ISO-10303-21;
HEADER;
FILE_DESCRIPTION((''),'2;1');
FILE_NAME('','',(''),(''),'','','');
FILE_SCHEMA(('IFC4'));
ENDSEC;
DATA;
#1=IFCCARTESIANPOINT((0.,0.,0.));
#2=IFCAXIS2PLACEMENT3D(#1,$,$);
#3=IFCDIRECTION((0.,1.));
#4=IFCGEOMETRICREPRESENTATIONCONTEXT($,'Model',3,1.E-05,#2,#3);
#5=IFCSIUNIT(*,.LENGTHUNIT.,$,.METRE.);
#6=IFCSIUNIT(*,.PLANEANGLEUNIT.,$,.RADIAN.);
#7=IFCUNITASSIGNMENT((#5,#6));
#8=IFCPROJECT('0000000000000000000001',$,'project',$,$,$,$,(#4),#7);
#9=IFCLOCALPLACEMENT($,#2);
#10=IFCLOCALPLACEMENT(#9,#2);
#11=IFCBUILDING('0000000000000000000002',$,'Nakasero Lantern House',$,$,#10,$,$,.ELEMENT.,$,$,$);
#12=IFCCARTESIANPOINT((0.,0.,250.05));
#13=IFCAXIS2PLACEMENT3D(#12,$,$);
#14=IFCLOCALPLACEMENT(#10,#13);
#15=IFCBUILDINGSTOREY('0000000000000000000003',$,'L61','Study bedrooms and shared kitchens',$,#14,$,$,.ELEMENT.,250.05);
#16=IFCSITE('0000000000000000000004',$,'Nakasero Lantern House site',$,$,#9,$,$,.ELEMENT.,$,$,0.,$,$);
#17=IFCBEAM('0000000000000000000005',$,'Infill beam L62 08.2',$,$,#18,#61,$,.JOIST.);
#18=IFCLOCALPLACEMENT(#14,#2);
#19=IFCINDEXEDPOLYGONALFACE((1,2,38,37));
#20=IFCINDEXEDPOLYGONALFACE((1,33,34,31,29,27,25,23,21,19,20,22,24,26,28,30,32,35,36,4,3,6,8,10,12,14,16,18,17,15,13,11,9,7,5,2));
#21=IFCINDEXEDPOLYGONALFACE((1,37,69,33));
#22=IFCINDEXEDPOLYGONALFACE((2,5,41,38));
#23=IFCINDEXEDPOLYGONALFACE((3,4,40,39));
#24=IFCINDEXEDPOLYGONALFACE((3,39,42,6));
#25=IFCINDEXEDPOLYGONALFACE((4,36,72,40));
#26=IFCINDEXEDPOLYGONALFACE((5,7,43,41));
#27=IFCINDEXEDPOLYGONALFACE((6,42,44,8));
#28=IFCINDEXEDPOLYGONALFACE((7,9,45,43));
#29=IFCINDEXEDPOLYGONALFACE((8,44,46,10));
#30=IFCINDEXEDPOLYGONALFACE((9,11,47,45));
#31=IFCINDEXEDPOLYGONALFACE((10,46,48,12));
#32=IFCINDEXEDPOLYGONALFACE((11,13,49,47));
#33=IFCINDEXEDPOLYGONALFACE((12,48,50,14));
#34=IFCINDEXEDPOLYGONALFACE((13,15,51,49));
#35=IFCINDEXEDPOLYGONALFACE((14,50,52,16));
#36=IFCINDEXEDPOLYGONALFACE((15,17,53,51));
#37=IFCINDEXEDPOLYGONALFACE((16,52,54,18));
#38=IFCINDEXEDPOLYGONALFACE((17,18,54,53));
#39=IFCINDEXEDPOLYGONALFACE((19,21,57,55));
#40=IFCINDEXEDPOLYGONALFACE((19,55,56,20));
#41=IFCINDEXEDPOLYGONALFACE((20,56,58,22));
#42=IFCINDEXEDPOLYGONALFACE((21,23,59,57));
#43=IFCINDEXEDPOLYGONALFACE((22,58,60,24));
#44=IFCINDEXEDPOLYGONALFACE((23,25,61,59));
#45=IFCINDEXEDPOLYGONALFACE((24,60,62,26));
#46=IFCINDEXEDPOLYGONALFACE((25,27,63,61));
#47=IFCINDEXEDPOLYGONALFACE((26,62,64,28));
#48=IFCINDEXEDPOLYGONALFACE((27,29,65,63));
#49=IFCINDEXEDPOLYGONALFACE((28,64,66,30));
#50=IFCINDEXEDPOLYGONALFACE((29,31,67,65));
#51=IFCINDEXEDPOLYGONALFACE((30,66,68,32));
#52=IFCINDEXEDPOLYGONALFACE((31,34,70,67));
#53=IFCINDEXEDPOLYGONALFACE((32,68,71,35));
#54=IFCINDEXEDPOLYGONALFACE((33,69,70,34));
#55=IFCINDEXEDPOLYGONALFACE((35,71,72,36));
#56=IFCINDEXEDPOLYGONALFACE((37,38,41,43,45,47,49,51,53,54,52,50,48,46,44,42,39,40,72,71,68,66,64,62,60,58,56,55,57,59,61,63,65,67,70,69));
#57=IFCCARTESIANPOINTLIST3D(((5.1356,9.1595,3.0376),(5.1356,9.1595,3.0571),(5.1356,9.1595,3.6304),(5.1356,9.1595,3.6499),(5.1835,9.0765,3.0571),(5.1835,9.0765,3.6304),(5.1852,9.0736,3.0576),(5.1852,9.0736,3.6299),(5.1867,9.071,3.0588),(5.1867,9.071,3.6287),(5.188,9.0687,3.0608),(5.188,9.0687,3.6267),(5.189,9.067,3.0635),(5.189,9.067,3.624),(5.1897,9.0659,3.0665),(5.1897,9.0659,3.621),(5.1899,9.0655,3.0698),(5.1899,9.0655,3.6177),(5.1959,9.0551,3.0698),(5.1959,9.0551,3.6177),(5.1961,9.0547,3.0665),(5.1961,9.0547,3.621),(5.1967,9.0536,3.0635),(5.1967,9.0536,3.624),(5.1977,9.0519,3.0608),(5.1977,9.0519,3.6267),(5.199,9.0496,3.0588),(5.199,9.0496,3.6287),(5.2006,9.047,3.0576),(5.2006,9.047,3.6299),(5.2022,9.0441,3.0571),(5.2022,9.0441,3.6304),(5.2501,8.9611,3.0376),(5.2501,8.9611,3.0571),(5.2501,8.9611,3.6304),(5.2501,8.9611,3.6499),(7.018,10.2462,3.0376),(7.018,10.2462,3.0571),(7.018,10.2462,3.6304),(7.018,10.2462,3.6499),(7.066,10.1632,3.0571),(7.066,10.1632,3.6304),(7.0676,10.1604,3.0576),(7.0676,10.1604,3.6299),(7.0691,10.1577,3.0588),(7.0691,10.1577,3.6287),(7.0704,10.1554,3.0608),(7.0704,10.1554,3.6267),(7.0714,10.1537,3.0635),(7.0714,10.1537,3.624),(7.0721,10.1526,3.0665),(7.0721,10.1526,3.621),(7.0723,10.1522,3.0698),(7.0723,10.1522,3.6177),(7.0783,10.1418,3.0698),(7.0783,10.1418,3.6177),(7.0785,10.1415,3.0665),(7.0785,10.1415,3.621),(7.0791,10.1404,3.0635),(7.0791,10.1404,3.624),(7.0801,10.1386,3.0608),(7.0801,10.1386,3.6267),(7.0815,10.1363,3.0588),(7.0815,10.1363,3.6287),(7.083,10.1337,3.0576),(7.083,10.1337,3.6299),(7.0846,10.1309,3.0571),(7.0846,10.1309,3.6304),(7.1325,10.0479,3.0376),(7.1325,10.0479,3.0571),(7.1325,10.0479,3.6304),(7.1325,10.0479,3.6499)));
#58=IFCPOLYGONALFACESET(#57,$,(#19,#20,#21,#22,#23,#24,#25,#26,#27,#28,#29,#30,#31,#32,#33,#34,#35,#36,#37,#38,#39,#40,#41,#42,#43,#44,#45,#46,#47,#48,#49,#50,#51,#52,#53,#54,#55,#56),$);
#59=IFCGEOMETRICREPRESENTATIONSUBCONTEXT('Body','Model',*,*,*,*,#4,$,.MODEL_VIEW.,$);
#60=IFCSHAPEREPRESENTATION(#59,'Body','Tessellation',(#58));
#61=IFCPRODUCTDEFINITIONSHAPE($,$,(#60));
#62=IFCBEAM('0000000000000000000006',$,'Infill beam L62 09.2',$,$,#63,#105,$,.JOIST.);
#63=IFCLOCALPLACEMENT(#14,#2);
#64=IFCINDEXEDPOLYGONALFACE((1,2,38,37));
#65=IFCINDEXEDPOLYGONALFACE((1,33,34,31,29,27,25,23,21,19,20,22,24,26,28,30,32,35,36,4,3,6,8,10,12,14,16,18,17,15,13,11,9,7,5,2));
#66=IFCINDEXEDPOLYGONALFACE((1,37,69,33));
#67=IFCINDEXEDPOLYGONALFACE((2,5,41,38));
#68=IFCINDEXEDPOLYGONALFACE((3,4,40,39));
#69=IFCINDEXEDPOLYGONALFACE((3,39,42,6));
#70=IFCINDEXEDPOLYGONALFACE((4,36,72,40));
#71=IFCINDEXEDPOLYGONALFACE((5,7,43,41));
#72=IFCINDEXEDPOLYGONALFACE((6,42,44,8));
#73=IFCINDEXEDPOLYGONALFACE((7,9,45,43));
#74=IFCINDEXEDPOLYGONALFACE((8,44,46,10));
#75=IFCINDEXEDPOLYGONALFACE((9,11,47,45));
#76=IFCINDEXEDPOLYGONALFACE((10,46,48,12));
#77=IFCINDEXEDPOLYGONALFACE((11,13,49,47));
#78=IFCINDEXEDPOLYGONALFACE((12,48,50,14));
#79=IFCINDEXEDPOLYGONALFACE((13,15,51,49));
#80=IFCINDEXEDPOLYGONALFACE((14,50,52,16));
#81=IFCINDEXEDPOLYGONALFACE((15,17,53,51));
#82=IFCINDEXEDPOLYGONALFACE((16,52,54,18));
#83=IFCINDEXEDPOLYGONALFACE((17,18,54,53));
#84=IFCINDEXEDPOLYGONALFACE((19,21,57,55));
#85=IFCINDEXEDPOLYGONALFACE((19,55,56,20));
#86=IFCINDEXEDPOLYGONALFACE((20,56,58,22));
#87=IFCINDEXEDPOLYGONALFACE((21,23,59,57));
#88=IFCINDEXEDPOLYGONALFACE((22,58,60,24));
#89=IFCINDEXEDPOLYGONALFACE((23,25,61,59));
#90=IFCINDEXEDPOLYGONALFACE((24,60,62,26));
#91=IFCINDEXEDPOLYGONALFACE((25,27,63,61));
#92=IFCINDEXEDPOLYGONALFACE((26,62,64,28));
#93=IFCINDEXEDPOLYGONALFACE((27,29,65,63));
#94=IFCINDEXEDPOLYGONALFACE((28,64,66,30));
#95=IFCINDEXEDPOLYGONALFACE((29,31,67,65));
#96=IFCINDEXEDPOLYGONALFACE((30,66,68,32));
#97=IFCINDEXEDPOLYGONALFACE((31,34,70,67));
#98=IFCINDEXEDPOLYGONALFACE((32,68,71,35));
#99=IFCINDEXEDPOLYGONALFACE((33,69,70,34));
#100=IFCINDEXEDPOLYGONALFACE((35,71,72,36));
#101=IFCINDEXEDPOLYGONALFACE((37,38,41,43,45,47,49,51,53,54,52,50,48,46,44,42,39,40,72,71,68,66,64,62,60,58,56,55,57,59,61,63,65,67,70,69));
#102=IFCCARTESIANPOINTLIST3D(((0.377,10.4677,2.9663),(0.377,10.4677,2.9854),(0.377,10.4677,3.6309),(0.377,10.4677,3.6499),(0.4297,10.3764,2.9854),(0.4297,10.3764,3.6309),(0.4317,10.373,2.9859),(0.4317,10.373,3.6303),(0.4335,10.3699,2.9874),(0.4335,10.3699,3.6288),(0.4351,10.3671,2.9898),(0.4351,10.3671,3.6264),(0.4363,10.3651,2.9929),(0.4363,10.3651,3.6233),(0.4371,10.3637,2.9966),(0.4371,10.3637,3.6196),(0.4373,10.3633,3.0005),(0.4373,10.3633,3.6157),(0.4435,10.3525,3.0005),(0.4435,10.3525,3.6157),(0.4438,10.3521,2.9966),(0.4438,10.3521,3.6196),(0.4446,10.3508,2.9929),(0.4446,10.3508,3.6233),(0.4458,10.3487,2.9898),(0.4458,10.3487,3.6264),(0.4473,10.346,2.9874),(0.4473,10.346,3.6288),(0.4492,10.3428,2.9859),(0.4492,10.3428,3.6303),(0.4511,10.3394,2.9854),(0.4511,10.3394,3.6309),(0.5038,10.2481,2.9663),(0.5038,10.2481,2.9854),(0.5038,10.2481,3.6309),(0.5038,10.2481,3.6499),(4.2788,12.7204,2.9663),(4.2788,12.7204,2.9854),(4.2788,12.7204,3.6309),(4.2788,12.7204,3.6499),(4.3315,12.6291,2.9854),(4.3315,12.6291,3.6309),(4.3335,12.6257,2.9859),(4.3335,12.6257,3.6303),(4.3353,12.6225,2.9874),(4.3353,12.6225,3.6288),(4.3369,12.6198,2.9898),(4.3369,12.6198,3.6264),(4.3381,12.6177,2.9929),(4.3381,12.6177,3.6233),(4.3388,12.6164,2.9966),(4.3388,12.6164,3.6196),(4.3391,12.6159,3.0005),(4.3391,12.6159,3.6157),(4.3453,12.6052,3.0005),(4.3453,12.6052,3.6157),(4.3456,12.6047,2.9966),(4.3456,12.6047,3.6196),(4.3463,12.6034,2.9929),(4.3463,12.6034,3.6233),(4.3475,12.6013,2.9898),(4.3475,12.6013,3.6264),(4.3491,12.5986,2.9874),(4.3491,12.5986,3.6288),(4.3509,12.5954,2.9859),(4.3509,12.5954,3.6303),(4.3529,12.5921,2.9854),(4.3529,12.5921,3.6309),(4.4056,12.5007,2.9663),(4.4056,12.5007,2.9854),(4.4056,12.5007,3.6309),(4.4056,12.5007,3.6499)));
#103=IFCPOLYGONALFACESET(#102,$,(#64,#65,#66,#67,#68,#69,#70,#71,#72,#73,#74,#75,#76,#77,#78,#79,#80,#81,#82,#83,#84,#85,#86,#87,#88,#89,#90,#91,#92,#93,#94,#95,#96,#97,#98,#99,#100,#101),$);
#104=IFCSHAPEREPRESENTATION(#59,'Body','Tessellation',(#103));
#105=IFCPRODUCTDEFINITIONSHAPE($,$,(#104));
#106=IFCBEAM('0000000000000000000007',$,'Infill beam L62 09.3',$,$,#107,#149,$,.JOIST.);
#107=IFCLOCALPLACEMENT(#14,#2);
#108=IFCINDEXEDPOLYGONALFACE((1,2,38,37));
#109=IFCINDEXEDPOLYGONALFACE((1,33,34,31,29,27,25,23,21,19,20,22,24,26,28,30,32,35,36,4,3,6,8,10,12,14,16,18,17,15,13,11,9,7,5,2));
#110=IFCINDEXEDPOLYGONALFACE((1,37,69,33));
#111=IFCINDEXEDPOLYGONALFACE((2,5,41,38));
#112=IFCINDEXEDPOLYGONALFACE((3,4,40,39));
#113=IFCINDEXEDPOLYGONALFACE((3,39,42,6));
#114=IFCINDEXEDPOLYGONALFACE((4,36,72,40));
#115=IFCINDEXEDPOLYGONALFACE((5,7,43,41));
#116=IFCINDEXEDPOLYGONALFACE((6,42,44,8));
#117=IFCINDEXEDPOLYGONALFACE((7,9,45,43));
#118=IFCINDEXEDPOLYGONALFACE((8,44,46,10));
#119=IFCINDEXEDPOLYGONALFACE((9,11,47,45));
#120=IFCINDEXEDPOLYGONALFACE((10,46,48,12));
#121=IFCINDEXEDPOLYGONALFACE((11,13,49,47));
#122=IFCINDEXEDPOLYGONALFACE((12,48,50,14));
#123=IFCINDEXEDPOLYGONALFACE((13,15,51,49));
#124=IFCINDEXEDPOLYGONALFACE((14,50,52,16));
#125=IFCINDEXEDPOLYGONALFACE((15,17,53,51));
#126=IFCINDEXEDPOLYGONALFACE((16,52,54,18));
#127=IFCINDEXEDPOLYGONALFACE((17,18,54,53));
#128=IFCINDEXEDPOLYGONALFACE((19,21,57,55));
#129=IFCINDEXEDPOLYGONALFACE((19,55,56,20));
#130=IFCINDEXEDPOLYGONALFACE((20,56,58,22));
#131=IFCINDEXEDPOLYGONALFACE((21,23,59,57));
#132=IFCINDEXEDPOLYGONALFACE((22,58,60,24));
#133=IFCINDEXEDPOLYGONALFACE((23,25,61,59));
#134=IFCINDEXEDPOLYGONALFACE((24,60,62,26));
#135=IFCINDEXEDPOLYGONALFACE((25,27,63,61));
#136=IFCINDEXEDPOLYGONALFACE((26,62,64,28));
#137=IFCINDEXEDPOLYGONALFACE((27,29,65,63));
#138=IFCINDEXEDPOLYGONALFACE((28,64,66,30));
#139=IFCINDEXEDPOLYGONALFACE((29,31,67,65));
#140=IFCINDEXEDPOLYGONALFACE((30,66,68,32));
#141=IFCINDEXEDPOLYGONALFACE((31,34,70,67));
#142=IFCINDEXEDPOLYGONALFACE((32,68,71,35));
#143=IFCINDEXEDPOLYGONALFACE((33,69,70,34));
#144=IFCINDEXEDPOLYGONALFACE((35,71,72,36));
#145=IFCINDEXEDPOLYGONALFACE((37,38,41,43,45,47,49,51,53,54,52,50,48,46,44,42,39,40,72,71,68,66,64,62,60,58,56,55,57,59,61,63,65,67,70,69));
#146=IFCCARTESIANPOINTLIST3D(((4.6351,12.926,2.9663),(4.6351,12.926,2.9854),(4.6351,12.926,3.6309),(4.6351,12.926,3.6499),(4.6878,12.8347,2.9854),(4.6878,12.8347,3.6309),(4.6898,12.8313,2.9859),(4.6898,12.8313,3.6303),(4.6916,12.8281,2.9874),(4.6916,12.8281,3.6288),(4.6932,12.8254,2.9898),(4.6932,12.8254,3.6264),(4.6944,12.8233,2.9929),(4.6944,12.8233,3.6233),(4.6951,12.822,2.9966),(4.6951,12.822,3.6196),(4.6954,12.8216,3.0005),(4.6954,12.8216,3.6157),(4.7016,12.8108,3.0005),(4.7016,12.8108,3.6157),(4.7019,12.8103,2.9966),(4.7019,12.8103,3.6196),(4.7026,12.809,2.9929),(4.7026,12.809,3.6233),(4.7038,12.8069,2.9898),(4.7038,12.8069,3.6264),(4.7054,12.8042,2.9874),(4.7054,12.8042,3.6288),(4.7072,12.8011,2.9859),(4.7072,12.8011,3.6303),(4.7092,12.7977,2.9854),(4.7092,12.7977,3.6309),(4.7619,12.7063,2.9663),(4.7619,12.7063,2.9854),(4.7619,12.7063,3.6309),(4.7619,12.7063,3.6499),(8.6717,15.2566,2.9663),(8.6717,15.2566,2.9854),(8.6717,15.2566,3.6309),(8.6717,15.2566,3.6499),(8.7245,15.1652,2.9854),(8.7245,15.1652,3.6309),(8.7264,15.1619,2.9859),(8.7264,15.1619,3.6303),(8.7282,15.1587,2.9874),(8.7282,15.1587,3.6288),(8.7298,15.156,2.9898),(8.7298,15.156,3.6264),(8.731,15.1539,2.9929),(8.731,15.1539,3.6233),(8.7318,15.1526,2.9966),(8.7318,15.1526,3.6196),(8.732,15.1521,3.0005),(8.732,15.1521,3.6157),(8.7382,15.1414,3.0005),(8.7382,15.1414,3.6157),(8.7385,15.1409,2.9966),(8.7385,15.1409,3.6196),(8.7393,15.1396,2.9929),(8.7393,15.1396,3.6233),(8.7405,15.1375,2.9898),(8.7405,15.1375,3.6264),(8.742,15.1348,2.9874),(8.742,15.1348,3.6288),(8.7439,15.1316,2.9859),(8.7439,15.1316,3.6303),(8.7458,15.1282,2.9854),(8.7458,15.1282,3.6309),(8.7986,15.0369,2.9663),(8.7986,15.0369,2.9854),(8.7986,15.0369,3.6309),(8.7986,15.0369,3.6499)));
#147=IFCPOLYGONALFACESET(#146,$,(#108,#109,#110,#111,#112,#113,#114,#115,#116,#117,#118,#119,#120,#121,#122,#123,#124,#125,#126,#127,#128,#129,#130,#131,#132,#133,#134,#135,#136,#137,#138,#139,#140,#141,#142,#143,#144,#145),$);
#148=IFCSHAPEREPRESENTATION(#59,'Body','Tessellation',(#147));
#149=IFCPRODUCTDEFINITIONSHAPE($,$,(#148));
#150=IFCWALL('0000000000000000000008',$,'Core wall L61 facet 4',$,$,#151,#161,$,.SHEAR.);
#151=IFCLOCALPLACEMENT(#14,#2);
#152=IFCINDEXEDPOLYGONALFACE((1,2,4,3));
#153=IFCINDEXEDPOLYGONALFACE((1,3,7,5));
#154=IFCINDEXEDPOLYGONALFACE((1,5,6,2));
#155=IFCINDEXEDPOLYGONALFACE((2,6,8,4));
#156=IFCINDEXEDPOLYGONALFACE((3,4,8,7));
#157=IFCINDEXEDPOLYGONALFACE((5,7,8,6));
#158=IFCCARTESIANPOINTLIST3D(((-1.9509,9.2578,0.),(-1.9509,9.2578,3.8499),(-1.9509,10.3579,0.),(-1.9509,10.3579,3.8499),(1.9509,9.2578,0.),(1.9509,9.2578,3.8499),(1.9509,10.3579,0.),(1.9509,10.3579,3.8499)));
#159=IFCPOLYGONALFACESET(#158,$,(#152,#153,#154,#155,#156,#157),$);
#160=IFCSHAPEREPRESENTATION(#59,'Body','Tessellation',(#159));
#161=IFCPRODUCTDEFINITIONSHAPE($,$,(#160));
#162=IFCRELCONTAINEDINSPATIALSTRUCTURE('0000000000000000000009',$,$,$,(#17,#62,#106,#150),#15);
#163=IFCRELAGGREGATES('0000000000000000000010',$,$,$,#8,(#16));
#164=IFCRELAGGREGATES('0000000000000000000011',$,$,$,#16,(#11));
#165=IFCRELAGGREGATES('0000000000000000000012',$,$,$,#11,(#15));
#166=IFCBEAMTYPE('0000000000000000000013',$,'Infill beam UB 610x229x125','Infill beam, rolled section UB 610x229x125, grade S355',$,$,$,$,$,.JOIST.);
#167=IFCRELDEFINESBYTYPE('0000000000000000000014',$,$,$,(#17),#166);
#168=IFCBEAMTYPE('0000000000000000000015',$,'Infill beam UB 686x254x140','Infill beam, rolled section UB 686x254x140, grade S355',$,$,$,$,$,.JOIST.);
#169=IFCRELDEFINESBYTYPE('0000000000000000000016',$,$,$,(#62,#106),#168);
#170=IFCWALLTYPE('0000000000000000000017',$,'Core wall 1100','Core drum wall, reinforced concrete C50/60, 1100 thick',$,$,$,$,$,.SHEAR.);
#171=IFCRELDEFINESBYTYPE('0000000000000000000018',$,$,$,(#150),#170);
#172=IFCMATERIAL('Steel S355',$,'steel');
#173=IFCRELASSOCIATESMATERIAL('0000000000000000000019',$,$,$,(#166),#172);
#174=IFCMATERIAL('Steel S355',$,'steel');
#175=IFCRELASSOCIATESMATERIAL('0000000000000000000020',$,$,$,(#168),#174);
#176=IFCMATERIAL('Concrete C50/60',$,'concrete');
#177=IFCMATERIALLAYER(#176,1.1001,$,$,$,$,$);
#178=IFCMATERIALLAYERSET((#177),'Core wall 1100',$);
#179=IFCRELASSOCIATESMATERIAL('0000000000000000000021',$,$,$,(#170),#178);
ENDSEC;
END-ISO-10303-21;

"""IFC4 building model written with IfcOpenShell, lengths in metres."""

from ifc_helpers import new_model, si_unit, direction, frame, frame_2d, origin, origin_2d, place, context, subcontext, project, spatial, rectangle, i_section, extrude, material, layer, layer_set, material_profile, profile_set, type_object, element, save


model = new_model("IFC4")

# Units and contexts
model_context = context("Model", 3, precision=1e-05, world=origin(), true_north=direction((0.0, 1.0)))
body_context = subcontext(model_context, "Body", "Model", "MODEL_VIEW")
ifc_project = project(units=[si_unit("LENGTHUNIT", "METRE"), si_unit("PLANEANGLEUNIT", "RADIAN")], contexts=[model_context])

# Site, building, storey
site_placement = place(None, origin())
site = spatial("IfcSite", under=ifc_project, at=site_placement, Name="Nakasero Lantern House site", CompositionType="ELEMENT", RefElevation=0.0)
building_placement = place(site_placement, origin())
building = spatial("IfcBuilding", under=site, at=building_placement, Name="Nakasero Lantern House", CompositionType="ELEMENT")
storey_placement = place(building_placement, frame((0.0, 0.0, 250.05)))
storey = spatial("IfcBuildingStorey", under=building, at=storey_placement, Name="L61", Description="Study bedrooms and shared kitchens", CompositionType="ELEMENT", Elevation=250.05)

# Beams
ifc_material_1 = material(Name="Steel S355", Category="steel")
ifc_material_profile_1 = material_profile(ifc_material_1, i_section(OverallWidth=0.229, OverallDepth=0.6123, WebThickness=0.012, FlangeThickness=0.0195, FilletRadius=0.0127, at=origin_2d()), Name="UB 610x229x125")
ifc_profile_set_1 = profile_set([ifc_material_profile_1], Name="Steel S355")
beam_type_1 = type_object("IfcBeamType", Name="Infill beam UB 610x229x125", Description="Infill beam, rolled section UB 610x229x125, grade S355", PredefinedType="JOIST", material=ifc_profile_set_1)
beam_1_placement = place(storey_placement, frame((5.1929, 9.0603, 3.3438), z_axis=(0.866043, 0.499969, 0.0), x_axis=(-0.499969, 0.866043, 0.0)))
element("IfcBeam", 1, at=beam_1_placement, inside=storey, type_object=beam_type_1, Name="Infill beam L62 08.2", PredefinedType="JOIST", context=body_context, shape_type="SweptSolid", body=[
    extrude(i_section(OverallWidth=0.229, OverallDepth=0.6123, WebThickness=0.012, FlangeThickness=0.0195, FilletRadius=0.0127, at=origin_2d()), origin(), (0.0, 0.0, 1.0), 2.1736),
])
ifc_material_2 = material(Name="Steel S355", Category="steel")
ifc_material_profile_2 = material_profile(ifc_material_2, i_section(OverallWidth=0.2537, OverallDepth=0.6836, WebThickness=0.0125, FlangeThickness=0.019, FilletRadius=0.0151, at=origin_2d()), Name="UB 686x254x140")
ifc_profile_set_2 = profile_set([ifc_material_profile_2], Name="Steel S355")
beam_type_2 = type_object("IfcBeamType", Name="Infill beam UB 686x254x140", Description="Infill beam, rolled section UB 686x254x140, grade S355", PredefinedType="JOIST", material=ifc_profile_set_2)
beam_2_placement = place(storey_placement, frame((0.4404, 10.3579, 3.3081), z_axis=(0.86603, 0.499991, 0.0), x_axis=(-0.499991, 0.86603, 0.0)))
element("IfcBeam", 2, at=beam_2_placement, inside=storey, type_object=beam_type_2, Name="Infill beam L62 09.2", PredefinedType="JOIST", context=body_context, shape_type="SweptSolid", body=[
    extrude(i_section(OverallWidth=0.2537, OverallDepth=0.6836, WebThickness=0.0125, FlangeThickness=0.019, FilletRadius=0.0151, at=origin_2d()), origin(), (0.0, 0.0, 1.0), 4.5054),
])
beam_3_placement = place(storey_placement, frame((4.6985, 12.8162, 3.3081), z_axis=(0.866023, 0.500004, 0.0), x_axis=(-0.500004, 0.866023, 0.0)))
element("IfcBeam", 3, at=beam_3_placement, inside=storey, type_object=beam_type_2, Name="Infill beam L62 09.3", PredefinedType="JOIST", context=body_context, shape_type="SweptSolid", body=[
    extrude(i_section(OverallWidth=0.2537, OverallDepth=0.6836, WebThickness=0.0125, FlangeThickness=0.019, FilletRadius=0.0151, at=origin_2d()), origin(), (0.0, 0.0, 1.0), 4.6611),
])

# Wall
ifc_material_3 = material(Name="Concrete C50/60", Category="concrete")
ifc_layer_1 = layer(ifc_material_3, 1.1001)
ifc_layer_set_1 = layer_set([ifc_layer_1], Name="Core wall 1100")
wall_type_1 = type_object("IfcWallType", Name="Core wall 1100", Description="Core drum wall, reinforced concrete C50/60, 1100 thick", PredefinedType="SHEAR", material=ifc_layer_set_1)
wall_1_placement = place(storey_placement, frame((1.9509, 9.8079, 0.0), z_axis=(0.0, 0.0, 1.0), x_axis=(-1.0, 0.0, 0.0)))
element("IfcWall", 4, at=wall_1_placement, inside=storey, type_object=wall_type_1, Name="Core wall L61 facet 4", PredefinedType="SHEAR", context=body_context, shape_type="SweptSolid", body=[
    extrude(rectangle(XDim=3.9019, YDim=1.1001, at=frame_2d((1.9509, 0.0))), origin(), (0.0, 0.0, 1.0), 3.8499),
])

save(model, "model.ifc")
